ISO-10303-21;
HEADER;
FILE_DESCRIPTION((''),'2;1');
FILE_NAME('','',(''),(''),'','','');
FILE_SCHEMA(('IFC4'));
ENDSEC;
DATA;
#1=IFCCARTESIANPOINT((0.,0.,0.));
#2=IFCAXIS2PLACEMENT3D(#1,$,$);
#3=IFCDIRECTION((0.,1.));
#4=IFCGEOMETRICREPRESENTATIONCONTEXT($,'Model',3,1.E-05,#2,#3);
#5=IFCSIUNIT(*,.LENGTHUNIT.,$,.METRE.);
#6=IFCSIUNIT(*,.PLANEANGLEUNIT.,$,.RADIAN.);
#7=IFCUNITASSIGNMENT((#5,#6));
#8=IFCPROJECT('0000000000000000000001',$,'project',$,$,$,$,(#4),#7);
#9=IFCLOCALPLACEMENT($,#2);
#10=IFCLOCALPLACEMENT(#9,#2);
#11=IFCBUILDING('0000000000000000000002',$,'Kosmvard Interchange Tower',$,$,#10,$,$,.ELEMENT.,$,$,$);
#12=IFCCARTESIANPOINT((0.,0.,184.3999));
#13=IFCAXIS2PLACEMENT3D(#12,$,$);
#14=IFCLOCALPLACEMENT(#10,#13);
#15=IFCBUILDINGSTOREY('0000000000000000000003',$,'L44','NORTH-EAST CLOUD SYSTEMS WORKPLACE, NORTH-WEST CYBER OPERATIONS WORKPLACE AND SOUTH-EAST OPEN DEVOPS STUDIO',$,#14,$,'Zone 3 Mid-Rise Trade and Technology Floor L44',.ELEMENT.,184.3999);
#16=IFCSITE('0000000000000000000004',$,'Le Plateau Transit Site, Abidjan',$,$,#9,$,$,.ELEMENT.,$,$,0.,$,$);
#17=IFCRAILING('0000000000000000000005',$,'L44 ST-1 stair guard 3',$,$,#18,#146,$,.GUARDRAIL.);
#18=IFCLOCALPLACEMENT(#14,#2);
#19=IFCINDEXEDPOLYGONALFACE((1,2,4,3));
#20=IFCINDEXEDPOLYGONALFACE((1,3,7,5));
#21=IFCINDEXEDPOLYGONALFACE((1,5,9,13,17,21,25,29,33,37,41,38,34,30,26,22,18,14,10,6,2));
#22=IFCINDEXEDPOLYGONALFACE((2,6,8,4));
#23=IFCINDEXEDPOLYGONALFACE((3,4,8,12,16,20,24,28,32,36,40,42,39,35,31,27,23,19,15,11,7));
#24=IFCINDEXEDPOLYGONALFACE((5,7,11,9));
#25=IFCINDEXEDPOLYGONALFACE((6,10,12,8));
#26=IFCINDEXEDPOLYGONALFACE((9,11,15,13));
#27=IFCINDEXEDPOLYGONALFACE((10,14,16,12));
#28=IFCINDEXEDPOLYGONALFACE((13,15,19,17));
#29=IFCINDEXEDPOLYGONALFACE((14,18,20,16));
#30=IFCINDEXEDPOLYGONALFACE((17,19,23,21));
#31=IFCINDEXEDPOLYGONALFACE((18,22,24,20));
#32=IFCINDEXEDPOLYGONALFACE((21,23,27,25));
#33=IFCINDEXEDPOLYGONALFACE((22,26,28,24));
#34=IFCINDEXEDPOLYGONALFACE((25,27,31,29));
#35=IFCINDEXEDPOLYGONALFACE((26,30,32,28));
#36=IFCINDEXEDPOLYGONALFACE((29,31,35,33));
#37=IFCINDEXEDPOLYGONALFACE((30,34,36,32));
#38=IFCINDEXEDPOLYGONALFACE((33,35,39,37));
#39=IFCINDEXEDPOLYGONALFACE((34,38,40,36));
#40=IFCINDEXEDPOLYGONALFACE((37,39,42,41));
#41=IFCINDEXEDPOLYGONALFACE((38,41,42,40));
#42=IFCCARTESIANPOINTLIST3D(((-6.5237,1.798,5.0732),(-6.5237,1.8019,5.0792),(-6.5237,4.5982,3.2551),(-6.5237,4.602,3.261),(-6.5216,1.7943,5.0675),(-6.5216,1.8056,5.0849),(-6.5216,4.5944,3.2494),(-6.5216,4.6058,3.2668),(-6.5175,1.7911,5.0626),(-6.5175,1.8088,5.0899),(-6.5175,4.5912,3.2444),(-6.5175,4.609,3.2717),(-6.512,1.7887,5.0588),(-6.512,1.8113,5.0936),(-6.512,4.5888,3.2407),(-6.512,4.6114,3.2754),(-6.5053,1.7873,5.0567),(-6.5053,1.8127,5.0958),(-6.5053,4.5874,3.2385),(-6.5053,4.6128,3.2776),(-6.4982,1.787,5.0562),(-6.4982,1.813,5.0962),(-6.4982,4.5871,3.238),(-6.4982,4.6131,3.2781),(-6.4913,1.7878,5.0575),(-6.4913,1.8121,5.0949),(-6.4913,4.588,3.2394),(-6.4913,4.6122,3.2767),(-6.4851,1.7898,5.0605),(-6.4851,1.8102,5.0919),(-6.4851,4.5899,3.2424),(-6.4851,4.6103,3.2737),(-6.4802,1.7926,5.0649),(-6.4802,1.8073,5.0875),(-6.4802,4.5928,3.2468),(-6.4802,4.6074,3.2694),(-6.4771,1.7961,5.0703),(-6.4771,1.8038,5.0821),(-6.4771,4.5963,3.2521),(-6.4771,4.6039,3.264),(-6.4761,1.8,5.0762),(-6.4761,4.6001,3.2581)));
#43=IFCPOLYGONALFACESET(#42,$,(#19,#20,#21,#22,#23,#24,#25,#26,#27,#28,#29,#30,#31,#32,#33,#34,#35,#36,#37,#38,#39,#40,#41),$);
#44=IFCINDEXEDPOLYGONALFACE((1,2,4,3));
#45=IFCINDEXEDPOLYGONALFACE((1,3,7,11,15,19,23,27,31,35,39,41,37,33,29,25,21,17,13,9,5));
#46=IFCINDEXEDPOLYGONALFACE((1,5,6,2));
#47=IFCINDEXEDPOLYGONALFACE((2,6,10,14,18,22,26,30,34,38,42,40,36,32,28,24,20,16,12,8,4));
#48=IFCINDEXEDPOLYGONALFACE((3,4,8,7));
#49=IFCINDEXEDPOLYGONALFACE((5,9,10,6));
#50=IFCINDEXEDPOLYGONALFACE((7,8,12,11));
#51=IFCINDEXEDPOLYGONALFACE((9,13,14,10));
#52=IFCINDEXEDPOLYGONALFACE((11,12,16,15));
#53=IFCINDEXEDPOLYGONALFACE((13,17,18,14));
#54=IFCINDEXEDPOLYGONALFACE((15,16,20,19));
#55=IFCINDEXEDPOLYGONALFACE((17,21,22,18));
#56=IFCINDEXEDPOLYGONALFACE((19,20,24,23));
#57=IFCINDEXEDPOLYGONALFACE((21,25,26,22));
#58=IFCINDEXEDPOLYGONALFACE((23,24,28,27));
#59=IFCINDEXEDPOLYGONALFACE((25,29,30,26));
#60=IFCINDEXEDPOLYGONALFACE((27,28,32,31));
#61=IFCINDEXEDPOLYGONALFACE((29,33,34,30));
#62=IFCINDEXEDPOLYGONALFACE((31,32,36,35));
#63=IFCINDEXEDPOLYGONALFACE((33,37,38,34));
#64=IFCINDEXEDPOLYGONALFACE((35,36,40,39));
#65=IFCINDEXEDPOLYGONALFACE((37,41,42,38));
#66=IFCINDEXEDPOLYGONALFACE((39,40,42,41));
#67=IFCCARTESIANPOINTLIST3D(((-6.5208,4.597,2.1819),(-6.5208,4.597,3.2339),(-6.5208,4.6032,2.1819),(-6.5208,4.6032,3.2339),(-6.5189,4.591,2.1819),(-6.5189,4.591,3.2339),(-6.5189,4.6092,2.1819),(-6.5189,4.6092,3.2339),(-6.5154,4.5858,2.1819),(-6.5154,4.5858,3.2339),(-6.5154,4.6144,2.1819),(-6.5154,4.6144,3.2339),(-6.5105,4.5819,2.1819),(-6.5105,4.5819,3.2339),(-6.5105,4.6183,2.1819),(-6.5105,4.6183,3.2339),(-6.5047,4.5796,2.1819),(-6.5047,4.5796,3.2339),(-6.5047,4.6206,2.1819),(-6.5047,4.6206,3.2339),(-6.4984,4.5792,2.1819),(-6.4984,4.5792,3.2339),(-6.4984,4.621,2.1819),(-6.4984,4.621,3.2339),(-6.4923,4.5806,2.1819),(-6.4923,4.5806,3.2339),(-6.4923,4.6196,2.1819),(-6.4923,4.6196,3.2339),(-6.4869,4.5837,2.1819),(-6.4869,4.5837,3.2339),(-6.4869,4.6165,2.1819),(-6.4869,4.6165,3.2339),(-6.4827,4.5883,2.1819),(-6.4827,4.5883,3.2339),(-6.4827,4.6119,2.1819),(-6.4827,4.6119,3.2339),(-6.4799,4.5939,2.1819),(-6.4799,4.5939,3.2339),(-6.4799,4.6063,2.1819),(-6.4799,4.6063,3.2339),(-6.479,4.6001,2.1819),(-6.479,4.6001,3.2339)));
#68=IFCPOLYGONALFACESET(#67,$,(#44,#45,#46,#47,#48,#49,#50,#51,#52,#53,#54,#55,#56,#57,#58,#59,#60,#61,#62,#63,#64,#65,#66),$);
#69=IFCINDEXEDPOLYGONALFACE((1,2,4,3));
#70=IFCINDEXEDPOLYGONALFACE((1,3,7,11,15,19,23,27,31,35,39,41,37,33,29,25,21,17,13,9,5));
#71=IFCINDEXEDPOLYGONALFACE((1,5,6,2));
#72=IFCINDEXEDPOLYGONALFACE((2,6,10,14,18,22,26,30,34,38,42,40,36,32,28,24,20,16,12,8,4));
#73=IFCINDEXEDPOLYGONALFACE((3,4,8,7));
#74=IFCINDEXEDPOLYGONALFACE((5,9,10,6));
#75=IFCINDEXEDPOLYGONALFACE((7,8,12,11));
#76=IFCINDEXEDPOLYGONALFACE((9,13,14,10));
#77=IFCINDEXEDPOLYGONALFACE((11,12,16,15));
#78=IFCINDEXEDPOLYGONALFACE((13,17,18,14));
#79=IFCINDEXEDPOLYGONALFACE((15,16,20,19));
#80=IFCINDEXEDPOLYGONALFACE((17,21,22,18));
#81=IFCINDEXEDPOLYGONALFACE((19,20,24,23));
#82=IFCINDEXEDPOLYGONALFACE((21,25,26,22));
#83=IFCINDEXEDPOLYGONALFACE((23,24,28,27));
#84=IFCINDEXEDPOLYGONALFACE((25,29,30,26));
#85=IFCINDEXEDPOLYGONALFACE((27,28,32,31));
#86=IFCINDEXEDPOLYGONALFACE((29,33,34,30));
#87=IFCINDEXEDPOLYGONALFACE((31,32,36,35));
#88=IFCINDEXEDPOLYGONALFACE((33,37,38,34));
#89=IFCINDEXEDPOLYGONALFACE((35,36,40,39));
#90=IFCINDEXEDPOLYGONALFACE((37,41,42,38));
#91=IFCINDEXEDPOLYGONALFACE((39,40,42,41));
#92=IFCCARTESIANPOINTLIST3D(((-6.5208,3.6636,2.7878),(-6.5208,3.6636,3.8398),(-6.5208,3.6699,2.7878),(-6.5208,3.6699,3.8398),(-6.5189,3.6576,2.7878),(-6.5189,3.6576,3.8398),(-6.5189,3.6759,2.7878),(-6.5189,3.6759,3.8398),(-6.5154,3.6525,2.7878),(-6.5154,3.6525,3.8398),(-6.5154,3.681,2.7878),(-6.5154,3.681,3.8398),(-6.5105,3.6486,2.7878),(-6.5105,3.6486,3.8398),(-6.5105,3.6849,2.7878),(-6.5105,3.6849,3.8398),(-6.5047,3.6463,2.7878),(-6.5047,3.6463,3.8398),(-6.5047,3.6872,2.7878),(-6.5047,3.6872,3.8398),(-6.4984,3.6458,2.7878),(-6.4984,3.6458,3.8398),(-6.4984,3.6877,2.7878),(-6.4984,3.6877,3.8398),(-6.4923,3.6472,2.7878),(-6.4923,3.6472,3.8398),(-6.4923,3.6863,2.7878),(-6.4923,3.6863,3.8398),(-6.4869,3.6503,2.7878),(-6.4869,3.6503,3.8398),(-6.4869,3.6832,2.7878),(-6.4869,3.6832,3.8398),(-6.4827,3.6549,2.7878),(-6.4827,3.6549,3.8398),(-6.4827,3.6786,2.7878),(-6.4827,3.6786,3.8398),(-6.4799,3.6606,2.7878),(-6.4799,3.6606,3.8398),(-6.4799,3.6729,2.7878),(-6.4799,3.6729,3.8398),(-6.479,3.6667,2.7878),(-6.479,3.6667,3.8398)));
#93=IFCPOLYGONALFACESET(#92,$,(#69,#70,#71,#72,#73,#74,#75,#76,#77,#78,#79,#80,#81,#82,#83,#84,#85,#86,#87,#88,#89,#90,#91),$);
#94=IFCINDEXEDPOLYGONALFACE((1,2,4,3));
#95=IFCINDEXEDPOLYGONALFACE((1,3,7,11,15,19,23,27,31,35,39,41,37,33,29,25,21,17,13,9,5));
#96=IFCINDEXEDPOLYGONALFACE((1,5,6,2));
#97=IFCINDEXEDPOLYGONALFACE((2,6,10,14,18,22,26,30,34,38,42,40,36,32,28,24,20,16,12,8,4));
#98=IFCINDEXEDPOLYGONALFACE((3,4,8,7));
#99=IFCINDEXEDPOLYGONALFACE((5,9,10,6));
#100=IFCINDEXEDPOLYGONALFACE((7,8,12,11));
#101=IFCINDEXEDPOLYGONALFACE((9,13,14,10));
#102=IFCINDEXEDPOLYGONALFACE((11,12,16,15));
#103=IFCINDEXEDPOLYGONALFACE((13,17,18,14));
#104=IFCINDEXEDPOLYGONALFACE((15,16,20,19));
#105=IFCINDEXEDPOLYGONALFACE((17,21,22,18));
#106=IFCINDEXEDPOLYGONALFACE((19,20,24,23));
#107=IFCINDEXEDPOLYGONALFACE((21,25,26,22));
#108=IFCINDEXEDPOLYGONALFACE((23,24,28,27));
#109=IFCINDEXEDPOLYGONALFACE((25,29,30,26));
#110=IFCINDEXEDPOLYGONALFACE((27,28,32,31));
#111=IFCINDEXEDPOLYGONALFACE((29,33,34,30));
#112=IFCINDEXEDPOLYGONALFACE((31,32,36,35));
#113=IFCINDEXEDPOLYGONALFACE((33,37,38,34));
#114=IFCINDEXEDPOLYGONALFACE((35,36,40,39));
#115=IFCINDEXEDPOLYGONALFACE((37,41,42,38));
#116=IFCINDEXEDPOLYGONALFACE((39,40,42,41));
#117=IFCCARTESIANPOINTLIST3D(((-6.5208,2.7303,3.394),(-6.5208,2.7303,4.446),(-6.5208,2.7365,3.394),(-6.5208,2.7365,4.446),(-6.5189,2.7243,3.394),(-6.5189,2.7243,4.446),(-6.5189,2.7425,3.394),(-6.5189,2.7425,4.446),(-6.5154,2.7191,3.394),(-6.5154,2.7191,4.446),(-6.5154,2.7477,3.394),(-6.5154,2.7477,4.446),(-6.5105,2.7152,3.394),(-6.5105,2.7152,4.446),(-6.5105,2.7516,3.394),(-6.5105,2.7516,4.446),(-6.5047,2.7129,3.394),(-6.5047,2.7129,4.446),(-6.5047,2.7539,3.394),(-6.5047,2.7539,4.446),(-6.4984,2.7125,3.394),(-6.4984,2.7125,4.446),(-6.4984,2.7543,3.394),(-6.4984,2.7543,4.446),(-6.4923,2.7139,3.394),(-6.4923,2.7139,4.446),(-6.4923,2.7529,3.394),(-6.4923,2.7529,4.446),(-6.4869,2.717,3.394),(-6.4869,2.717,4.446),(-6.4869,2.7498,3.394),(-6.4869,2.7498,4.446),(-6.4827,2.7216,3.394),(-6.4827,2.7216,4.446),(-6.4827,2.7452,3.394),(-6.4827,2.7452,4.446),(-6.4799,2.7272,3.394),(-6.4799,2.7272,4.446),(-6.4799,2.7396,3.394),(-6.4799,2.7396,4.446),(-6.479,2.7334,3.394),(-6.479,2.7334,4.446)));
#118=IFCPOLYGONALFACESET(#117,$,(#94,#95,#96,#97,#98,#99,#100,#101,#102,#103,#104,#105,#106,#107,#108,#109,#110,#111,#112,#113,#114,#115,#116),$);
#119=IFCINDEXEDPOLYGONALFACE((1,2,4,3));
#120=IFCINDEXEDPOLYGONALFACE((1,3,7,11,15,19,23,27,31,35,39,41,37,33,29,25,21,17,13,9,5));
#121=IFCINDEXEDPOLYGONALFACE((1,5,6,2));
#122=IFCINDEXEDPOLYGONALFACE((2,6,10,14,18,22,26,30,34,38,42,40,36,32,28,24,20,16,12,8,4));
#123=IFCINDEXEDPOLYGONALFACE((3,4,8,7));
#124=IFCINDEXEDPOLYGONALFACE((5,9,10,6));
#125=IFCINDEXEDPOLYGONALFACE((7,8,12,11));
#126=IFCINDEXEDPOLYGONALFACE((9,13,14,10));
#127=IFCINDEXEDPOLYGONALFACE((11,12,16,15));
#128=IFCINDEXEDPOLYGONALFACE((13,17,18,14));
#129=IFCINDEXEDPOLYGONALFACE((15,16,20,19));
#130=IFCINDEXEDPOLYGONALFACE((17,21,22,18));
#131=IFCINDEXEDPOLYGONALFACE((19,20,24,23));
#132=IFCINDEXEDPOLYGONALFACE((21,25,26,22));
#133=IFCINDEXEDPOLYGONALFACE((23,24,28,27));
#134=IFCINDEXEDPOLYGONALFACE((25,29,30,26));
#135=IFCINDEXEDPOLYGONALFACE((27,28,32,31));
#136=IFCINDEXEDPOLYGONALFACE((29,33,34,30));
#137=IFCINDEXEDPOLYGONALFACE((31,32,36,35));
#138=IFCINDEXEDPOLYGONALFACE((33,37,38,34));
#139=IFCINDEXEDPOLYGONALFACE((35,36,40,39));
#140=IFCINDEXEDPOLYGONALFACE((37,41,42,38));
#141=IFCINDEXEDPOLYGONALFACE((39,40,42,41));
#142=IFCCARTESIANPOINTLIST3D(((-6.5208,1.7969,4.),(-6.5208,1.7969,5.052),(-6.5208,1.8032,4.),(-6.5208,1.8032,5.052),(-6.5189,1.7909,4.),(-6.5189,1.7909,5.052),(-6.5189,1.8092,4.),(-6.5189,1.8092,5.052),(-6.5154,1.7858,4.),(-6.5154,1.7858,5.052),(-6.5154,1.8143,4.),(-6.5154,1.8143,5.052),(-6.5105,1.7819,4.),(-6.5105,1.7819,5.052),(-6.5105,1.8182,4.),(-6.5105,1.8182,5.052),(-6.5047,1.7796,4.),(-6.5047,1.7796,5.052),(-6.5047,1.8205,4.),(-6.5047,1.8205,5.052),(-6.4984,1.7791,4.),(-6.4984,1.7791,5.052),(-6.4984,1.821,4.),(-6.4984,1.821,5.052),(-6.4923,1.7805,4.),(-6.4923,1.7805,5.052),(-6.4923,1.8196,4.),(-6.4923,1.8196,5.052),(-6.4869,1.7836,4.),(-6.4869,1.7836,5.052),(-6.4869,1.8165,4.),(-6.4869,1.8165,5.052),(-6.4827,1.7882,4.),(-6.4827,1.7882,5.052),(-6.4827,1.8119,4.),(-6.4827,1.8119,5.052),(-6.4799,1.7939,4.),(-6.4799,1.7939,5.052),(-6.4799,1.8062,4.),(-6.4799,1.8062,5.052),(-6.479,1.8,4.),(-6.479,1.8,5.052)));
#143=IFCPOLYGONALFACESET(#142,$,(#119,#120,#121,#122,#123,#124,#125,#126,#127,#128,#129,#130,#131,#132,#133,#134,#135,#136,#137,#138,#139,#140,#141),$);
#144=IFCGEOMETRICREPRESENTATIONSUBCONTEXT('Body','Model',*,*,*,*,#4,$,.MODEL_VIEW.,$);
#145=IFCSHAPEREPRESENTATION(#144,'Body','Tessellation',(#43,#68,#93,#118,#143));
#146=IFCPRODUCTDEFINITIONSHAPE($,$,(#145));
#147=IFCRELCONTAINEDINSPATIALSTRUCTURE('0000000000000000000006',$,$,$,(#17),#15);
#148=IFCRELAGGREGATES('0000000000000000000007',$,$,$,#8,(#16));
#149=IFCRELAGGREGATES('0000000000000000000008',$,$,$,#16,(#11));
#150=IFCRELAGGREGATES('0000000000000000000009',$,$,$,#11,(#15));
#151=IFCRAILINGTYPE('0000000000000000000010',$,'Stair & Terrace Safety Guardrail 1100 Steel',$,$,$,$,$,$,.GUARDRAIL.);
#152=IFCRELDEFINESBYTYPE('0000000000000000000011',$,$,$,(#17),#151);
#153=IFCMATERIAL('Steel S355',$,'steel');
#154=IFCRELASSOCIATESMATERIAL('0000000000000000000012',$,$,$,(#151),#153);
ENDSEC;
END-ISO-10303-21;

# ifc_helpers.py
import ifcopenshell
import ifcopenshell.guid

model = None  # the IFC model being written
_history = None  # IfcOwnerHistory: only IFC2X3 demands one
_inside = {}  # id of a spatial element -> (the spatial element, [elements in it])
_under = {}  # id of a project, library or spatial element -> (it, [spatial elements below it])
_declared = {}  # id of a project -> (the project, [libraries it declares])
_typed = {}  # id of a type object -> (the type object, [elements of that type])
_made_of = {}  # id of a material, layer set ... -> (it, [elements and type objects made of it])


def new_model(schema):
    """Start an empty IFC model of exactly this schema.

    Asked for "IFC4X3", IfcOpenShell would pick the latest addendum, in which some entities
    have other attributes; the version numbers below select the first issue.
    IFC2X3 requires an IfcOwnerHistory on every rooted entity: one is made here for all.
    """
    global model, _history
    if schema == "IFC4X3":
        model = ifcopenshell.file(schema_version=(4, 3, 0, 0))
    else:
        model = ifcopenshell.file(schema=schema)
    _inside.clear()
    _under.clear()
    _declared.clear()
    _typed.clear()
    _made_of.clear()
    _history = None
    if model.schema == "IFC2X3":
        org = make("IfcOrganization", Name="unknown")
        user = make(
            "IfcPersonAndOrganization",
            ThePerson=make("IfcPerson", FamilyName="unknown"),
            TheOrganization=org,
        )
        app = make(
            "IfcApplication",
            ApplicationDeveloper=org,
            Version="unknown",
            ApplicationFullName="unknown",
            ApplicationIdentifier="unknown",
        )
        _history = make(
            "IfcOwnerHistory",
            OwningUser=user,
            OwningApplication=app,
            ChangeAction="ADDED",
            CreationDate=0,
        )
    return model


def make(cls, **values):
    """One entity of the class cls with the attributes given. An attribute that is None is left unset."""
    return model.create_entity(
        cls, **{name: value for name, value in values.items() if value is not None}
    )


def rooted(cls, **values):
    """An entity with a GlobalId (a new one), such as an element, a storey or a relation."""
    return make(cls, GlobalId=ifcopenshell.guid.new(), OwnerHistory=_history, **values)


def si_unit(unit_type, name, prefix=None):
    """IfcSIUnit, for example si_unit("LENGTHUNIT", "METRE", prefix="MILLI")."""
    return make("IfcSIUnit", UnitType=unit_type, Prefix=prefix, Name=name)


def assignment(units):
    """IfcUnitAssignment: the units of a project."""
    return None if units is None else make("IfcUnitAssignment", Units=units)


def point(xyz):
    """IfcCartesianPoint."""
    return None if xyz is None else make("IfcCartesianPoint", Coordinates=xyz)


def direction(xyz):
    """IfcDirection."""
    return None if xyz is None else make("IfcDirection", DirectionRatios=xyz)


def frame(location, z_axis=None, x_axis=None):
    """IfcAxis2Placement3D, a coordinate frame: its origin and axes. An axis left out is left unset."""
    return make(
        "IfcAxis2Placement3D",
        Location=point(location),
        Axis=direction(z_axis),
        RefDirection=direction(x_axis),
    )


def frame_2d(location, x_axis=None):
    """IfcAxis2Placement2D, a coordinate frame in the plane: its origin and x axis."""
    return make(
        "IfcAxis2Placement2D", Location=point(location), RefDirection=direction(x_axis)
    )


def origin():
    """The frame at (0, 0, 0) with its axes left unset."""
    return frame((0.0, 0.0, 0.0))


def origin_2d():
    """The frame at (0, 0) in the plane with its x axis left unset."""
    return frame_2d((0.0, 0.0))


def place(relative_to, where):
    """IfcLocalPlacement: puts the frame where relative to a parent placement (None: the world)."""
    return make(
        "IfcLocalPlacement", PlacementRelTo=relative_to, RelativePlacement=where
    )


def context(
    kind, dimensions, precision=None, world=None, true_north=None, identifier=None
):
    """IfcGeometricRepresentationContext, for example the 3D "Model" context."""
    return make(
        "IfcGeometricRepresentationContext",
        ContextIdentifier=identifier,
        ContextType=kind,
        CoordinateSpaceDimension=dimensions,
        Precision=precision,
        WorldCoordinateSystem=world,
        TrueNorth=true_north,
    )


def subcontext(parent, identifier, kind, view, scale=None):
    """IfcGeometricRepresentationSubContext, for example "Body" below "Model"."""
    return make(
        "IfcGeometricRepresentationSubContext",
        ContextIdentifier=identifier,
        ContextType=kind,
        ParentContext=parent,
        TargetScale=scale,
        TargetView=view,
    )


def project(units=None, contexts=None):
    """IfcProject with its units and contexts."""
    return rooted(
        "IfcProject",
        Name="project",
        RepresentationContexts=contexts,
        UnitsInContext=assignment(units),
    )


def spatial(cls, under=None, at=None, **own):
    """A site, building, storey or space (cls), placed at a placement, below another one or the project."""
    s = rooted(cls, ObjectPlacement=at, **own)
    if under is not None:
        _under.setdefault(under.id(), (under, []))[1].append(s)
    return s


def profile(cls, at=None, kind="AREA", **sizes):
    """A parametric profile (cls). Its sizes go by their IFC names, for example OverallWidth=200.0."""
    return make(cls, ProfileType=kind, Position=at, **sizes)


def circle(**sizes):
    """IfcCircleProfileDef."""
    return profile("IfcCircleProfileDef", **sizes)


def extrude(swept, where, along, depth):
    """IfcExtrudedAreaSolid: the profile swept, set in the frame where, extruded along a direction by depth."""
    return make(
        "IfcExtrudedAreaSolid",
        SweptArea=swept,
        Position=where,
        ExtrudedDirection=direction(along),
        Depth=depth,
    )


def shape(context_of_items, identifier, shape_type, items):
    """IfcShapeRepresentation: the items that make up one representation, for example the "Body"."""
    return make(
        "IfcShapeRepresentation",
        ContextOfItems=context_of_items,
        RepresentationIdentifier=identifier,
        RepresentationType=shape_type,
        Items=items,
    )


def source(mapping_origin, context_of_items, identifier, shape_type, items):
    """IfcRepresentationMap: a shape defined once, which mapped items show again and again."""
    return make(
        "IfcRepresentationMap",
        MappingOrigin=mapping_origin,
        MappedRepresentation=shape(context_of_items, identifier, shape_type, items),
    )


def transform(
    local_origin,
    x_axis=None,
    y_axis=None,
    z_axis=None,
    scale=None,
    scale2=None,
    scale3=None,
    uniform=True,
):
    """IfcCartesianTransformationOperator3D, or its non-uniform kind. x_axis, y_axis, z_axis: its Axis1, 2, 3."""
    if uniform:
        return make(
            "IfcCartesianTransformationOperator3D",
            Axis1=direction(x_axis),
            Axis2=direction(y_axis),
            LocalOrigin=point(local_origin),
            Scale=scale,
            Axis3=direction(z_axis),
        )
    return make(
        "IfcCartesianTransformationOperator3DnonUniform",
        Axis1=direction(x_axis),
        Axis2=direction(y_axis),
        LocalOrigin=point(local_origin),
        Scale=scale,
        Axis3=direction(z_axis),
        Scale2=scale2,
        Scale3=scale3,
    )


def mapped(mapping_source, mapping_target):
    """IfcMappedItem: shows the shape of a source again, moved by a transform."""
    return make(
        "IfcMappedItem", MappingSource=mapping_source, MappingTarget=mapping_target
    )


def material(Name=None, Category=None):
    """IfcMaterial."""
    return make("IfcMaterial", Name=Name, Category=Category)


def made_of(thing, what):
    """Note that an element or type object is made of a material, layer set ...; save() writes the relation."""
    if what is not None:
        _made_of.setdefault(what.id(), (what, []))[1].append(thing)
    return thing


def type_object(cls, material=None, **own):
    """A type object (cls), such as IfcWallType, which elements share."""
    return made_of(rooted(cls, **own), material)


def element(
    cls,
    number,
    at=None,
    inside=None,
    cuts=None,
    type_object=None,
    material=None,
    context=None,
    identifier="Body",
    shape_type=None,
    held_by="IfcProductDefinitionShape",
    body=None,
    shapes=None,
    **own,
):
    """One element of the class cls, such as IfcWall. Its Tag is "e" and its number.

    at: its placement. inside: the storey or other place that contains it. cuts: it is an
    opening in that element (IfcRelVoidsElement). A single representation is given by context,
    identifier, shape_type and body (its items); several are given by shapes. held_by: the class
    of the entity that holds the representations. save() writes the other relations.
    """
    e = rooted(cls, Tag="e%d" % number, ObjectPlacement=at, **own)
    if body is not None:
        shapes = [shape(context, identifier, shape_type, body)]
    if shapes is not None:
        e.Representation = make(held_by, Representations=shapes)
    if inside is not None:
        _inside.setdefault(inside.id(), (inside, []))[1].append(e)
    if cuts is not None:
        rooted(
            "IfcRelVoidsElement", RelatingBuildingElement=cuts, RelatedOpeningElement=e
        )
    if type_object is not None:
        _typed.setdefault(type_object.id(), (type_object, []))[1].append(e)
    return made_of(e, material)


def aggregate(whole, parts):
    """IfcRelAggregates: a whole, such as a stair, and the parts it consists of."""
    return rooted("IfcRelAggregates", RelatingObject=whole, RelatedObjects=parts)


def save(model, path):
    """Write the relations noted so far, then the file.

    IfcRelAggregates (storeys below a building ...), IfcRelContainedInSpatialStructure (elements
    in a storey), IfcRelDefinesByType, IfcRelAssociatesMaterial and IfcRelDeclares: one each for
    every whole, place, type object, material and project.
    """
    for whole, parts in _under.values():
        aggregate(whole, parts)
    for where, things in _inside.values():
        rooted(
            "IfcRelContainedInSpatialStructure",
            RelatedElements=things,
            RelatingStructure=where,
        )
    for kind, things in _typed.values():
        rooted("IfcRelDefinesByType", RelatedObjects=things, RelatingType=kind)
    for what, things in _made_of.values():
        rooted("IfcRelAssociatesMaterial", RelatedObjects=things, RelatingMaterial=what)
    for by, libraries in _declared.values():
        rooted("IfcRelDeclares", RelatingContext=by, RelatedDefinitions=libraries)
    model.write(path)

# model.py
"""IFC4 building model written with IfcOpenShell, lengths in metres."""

from ifc_helpers import new_model, si_unit, direction, frame, origin, origin_2d, place, context, subcontext, project, spatial, circle, extrude, source, transform, mapped, material, type_object, element, save


model = new_model("IFC4")

# Units and contexts
model_context = context("Model", 3, precision=1e-05, world=origin(), true_north=direction((0.0, 1.0)))
body_context = subcontext(model_context, "Body", "Model", "MODEL_VIEW")
ifc_project = project(units=[si_unit("LENGTHUNIT", "METRE"), si_unit("PLANEANGLEUNIT", "RADIAN")], contexts=[model_context])

# Site, building, storey
site_placement = place(None, origin())
site = spatial("IfcSite", under=ifc_project, at=site_placement, Name="Le Plateau Transit Site, Abidjan", CompositionType="ELEMENT", RefElevation=0.0)
building_placement = place(site_placement, origin())
building = spatial("IfcBuilding", under=site, at=building_placement, Name="Kosmvard Interchange Tower", CompositionType="ELEMENT")
storey_placement = place(building_placement, frame((0.0, 0.0, 184.3999)))
storey = spatial("IfcBuildingStorey", under=building, at=storey_placement, Name="L44", Description="NORTH-EAST CLOUD SYSTEMS WORKPLACE, NORTH-WEST CYBER OPERATIONS WORKPLACE AND SOUTH-EAST OPEN DEVOPS STUDIO", LongName="Zone 3 Mid-Rise Trade and Technology Floor L44", CompositionType="ELEMENT", Elevation=184.3999)

# Shared definitions
ifc_material_1 = material(Name="Steel S355", Category="steel")

# Railing
railing_type_1 = type_object("IfcRailingType", Name="Stair & Terrace Safety Guardrail 1100 Steel", PredefinedType="GUARDRAIL", material=ifc_material_1)
shared_shape_1 = source(origin(), body_context, "Body", "SweptSolid", [
    extrude(circle(Radius=0.0239, at=origin_2d()), frame((0.0, 0.0, 1.0762), z_axis=(0.0, -0.838706, 0.544585), x_axis=(1.0, 0.0, 0.0)), (0.0, 0.0, 1.0), 3.3386),
    extrude(circle(Radius=0.021, at=origin_2d()), origin(), (0.0, 0.0, 1.0), 1.052),
    extrude(circle(Radius=0.021, at=origin_2d()), frame((0.0, -0.9333, 0.606)), (0.0, 0.0, 1.0), 1.052),
    extrude(circle(Radius=0.021, at=origin_2d()), frame((0.0, -1.8667, 1.2122)), (0.0, 0.0, 1.0), 1.052),
    extrude(circle(Radius=0.021, at=origin_2d()), frame((0.0, -2.8, 1.8181)), (0.0, 0.0, 1.0), 1.052),
])
railing_1_placement = place(storey_placement, frame((-6.5, 4.6001, 2.1819)))
element("IfcRailing", 1, at=railing_1_placement, inside=storey, type_object=railing_type_1, Name="L44 ST-1 stair guard 3", PredefinedType="GUARDRAIL", context=body_context, shape_type="MappedRepresentation", body=[
    mapped(shared_shape_1, transform((0.0, 0.0, 0.0), scale=1.0)),
])

save(model, "model.ifc")
